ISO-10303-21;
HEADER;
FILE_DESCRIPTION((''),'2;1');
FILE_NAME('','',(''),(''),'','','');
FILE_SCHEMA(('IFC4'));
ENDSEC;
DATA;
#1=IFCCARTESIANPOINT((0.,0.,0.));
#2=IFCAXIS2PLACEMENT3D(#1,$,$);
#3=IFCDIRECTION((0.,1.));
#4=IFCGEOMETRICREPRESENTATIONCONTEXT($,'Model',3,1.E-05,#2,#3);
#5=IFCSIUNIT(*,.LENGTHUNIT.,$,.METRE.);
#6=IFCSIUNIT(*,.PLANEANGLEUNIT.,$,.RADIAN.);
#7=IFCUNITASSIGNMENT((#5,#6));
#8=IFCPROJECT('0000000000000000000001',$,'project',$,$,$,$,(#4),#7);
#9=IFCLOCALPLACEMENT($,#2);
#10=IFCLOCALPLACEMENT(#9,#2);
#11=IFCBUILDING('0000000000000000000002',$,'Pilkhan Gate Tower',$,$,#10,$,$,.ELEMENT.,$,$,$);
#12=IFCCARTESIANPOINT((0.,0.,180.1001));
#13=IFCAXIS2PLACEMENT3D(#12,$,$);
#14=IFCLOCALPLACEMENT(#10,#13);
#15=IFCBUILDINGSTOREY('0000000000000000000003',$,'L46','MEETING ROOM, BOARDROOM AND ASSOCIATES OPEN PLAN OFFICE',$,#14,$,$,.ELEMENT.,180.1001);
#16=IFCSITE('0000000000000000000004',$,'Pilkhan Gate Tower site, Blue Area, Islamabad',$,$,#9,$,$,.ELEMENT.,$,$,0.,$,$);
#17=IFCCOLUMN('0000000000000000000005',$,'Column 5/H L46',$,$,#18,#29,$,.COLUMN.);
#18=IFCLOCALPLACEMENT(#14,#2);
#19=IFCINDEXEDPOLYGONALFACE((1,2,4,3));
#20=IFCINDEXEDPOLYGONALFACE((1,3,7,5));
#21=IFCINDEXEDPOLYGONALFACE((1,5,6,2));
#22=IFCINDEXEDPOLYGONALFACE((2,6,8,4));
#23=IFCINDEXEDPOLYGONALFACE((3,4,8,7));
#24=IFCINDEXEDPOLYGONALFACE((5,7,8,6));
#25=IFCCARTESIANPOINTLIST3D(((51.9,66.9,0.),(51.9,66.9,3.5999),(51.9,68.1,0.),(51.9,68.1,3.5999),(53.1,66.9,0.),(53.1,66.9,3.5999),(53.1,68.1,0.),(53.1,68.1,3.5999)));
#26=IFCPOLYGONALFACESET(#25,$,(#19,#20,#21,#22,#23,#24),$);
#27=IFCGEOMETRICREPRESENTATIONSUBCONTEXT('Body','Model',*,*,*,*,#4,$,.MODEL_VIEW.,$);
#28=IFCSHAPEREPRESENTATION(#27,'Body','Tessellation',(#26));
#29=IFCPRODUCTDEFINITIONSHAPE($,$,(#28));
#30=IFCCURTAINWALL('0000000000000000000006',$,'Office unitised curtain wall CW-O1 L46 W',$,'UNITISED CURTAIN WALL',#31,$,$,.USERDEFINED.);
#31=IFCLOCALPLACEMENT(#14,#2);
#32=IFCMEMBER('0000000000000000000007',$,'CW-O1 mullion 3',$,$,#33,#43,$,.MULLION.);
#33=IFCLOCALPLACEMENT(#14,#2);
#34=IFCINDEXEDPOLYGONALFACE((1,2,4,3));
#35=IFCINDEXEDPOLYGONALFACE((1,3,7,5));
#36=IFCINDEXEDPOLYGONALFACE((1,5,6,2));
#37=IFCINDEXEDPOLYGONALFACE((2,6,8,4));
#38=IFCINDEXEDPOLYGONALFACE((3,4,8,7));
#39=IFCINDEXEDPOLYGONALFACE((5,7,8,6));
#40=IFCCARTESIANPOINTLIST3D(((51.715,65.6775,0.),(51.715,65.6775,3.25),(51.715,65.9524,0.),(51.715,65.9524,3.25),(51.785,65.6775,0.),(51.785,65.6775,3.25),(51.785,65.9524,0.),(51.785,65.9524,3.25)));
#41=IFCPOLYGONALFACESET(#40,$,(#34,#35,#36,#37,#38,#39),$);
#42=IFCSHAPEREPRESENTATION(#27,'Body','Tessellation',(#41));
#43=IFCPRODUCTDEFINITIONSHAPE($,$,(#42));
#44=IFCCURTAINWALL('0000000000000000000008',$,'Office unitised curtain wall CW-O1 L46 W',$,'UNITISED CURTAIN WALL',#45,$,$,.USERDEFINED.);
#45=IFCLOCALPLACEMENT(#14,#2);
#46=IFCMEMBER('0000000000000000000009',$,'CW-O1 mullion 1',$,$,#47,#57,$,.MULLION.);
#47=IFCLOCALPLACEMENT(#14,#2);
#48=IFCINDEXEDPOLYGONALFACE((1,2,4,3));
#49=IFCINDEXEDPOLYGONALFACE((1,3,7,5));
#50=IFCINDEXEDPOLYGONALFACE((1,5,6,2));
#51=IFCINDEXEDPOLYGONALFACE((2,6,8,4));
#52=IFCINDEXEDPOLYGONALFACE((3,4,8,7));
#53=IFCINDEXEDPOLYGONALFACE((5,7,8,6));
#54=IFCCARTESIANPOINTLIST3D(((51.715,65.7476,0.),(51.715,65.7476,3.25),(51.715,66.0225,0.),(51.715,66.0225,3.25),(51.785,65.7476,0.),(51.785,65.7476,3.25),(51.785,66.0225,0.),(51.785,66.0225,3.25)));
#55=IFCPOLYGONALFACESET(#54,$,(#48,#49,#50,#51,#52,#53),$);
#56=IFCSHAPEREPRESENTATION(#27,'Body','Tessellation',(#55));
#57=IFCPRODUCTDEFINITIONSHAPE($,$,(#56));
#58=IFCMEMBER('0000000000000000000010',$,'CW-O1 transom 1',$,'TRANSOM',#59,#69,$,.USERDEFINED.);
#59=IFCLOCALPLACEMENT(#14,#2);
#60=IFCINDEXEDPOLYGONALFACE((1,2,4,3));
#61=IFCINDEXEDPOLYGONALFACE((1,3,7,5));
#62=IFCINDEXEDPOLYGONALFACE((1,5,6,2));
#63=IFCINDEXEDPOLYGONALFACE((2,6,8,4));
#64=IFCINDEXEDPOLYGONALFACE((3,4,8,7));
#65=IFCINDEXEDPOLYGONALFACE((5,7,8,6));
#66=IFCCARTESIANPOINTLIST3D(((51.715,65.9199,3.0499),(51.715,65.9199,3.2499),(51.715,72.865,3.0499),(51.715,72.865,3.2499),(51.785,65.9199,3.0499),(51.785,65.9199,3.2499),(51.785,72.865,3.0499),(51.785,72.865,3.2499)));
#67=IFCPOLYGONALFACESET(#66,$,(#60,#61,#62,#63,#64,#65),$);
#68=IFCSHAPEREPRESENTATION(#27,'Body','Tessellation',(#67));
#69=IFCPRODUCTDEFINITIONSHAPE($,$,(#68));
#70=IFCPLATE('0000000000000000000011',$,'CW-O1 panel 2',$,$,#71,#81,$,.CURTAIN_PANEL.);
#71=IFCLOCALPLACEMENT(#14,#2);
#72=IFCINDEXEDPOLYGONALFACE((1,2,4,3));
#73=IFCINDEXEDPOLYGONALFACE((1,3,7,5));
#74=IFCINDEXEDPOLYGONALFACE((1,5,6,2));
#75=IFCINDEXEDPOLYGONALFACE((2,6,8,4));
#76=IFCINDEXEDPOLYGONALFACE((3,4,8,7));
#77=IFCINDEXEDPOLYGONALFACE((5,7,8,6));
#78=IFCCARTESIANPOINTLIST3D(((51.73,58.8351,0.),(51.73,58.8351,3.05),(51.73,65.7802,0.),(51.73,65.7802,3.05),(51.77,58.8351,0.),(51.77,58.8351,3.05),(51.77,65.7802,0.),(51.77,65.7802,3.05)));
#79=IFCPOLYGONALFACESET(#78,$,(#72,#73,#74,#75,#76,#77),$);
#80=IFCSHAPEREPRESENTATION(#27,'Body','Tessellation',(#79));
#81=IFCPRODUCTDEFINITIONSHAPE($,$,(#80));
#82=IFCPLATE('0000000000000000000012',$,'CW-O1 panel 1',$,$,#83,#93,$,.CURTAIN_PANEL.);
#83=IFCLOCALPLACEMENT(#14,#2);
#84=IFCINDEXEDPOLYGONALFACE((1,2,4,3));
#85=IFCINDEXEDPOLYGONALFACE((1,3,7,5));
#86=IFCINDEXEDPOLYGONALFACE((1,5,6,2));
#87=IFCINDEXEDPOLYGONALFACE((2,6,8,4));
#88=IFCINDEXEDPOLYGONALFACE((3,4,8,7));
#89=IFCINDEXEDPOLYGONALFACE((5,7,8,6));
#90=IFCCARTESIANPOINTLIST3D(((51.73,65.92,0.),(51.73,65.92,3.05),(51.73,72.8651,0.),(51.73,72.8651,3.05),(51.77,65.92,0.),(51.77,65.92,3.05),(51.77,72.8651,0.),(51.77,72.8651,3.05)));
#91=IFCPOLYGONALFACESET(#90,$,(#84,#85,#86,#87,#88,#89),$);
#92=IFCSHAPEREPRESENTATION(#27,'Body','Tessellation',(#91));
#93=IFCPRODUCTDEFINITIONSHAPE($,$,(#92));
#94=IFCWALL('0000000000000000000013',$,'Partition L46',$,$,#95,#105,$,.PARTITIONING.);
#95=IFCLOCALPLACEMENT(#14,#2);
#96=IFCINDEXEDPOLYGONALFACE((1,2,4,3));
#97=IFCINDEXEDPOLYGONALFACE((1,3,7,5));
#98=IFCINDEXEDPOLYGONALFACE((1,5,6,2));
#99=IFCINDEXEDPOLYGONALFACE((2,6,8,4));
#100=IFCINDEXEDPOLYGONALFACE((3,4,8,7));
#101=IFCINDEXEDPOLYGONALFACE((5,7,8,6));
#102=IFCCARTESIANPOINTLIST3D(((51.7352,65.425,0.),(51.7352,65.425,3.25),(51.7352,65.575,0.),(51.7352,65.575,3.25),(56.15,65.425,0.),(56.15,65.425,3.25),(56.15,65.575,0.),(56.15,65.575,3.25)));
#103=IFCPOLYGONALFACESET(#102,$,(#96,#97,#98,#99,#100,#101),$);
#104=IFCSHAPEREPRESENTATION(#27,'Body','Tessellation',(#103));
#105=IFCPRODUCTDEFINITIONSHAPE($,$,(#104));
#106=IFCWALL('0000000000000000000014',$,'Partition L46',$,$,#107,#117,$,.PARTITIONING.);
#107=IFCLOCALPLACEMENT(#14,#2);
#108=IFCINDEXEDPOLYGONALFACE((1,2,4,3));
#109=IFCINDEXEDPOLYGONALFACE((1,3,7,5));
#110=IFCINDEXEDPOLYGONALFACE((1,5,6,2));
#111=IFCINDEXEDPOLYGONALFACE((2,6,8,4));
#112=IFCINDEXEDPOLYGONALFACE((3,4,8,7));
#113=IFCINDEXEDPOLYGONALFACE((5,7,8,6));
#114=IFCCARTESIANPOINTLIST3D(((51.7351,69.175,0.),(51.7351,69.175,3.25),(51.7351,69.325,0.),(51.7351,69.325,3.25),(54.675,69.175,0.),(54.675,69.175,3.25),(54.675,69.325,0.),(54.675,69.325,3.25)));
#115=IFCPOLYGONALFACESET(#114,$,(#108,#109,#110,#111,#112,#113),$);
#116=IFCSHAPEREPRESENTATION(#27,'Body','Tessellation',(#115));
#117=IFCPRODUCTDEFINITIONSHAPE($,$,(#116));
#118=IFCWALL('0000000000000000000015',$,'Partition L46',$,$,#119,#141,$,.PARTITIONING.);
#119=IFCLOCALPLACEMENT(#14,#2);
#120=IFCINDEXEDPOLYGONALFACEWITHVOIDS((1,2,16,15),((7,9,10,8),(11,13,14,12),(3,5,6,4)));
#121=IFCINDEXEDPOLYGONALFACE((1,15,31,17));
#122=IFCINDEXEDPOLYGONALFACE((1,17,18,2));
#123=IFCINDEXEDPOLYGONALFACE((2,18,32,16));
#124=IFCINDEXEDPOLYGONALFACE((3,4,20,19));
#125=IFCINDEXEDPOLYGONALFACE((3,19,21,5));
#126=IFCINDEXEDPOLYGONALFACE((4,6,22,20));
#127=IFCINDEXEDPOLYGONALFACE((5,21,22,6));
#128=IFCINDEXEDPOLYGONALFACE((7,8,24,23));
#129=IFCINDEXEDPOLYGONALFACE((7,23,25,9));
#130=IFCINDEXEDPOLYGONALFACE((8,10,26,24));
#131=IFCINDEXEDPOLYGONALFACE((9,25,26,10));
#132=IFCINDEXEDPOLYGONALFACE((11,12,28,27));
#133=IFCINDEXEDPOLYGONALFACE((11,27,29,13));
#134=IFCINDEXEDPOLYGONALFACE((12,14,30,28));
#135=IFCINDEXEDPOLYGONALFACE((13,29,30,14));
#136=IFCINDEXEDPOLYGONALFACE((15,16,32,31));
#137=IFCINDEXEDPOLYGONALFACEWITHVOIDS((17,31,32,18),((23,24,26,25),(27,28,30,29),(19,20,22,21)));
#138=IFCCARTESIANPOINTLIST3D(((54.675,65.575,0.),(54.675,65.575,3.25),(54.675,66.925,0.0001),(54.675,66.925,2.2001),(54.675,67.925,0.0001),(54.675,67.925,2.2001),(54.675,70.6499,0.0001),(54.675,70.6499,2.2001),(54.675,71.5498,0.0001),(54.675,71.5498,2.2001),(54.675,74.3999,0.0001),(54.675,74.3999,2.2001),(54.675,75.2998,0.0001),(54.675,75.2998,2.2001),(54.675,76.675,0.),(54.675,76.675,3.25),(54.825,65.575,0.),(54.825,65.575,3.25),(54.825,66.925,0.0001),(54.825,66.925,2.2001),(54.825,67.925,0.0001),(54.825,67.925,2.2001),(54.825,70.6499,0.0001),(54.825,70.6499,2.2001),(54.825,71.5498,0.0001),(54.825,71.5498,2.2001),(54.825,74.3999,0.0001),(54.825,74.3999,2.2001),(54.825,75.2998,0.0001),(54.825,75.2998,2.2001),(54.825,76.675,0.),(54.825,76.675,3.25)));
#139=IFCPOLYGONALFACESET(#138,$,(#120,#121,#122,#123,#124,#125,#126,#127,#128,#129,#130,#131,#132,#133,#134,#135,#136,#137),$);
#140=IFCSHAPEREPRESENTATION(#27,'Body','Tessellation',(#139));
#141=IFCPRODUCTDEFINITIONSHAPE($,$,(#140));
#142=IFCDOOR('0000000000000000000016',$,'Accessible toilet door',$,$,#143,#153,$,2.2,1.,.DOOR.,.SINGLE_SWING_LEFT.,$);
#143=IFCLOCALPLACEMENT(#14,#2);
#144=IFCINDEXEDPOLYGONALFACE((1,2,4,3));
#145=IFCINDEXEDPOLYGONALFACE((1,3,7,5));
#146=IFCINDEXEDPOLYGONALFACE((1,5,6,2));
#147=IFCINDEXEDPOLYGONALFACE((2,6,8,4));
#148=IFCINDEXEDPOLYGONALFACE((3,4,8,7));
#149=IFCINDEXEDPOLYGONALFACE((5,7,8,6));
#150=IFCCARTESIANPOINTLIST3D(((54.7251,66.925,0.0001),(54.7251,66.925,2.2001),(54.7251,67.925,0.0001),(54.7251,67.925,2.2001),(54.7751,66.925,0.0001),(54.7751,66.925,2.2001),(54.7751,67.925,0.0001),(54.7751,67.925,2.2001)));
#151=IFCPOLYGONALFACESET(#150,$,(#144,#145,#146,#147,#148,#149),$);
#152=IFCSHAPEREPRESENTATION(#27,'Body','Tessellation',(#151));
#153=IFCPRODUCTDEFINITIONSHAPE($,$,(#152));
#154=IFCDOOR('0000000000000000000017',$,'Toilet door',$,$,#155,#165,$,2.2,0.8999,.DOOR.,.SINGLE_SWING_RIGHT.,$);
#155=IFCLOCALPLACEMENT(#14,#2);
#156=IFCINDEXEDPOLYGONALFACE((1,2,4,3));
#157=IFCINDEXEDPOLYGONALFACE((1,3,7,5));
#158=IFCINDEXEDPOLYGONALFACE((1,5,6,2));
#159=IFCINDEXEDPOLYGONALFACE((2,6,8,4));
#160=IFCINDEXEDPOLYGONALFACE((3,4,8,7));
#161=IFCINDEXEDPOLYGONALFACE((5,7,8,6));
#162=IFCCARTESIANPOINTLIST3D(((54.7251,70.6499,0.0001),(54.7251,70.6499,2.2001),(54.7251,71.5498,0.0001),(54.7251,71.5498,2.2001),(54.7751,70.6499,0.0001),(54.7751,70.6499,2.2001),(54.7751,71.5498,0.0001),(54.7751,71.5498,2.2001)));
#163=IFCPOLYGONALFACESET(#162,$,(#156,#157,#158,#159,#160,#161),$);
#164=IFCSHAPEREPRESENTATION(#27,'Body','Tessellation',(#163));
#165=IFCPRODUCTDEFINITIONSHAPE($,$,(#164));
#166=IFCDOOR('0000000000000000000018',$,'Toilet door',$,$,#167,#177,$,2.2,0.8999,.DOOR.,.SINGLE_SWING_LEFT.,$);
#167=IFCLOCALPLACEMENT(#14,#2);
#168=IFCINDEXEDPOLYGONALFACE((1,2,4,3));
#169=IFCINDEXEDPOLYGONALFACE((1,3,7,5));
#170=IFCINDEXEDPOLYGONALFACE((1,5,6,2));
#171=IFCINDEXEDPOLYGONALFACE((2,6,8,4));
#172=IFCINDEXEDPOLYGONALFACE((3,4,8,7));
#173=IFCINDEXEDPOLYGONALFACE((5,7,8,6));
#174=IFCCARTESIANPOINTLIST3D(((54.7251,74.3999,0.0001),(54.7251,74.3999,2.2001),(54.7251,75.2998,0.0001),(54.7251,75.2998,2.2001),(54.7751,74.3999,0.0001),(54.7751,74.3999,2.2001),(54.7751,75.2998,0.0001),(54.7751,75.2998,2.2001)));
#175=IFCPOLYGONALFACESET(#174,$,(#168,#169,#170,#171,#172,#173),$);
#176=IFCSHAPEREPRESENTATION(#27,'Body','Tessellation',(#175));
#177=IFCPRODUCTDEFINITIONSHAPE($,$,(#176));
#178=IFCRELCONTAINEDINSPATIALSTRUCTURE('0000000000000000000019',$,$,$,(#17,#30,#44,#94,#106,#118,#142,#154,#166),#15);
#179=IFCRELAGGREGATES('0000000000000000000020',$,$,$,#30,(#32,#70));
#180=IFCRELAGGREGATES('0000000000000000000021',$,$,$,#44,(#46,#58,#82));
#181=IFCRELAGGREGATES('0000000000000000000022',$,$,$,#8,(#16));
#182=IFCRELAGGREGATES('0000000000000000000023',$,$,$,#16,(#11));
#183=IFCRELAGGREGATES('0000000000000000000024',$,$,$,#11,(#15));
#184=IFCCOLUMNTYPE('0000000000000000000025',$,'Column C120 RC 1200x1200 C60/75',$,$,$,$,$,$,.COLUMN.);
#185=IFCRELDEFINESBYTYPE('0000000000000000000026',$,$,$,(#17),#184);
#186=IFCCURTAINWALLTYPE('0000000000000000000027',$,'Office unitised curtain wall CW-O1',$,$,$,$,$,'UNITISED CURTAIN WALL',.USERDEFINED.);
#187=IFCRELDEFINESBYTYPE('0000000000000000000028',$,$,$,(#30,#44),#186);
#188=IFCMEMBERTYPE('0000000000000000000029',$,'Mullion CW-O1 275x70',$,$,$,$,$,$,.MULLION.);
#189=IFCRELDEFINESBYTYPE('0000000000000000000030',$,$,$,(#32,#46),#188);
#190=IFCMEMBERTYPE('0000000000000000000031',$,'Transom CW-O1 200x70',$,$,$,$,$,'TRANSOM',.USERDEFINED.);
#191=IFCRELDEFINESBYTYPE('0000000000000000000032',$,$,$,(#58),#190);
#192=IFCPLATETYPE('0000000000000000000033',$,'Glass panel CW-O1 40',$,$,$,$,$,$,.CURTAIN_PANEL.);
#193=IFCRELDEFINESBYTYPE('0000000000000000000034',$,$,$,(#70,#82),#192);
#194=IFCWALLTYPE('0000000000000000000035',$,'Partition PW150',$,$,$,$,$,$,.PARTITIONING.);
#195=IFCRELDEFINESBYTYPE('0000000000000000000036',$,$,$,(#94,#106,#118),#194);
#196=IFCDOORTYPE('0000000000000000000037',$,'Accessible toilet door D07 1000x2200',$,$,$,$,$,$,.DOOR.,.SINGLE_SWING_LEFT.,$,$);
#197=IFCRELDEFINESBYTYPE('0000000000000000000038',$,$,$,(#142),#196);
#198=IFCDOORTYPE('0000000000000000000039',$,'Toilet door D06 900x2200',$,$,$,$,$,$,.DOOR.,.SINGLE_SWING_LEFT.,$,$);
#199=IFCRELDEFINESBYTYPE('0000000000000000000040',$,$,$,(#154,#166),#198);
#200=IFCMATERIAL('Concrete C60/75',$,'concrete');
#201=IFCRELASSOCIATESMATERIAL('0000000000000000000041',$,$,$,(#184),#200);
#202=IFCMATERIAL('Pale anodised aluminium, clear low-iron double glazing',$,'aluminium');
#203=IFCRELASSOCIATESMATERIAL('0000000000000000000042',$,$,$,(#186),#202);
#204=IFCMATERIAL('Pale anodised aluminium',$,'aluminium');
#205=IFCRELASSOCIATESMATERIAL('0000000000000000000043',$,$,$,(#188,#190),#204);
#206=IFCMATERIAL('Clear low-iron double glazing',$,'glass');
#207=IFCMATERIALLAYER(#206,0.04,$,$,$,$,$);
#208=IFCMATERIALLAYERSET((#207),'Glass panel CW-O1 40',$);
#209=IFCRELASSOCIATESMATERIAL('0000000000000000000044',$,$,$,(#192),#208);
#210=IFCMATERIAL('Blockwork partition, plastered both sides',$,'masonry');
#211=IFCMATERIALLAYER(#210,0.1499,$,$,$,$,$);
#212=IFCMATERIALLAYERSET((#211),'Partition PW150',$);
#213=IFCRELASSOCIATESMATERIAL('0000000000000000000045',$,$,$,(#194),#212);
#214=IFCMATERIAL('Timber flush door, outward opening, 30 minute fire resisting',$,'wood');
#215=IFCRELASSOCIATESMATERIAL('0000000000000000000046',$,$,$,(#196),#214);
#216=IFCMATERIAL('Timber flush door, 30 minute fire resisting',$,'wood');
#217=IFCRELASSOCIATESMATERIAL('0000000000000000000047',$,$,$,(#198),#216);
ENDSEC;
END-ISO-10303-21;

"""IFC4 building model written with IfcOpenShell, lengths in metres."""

from ifc_helpers import new_model, si_unit, direction, frame, frame_2d, origin, origin_2d, place, context, subcontext, project, spatial, rectangle, extrude, material, layer, layer_set, material_profile, profile_set, type_object, element, fill, aggregate, save


model = new_model("IFC4")

# Units and contexts
model_context = context("Model", 3, precision=1e-05, world=origin(), true_north=direction((0.0, 1.0)))
body_context = subcontext(model_context, "Body", "Model", "MODEL_VIEW")
ifc_project = project(units=[si_unit("LENGTHUNIT", "METRE"), si_unit("PLANEANGLEUNIT", "RADIAN")], contexts=[model_context])

# Site, building, storey
site_placement = place(None, origin())
site = spatial("IfcSite", under=ifc_project, at=site_placement, Name="Pilkhan Gate Tower site, Blue Area, Islamabad", CompositionType="ELEMENT", RefElevation=0.0)
building_placement = place(site_placement, origin())
building = spatial("IfcBuilding", under=site, at=building_placement, Name="Pilkhan Gate Tower", CompositionType="ELEMENT")
storey_placement = place(building_placement, frame((0.0, 0.0, 180.1001)))
storey = spatial("IfcBuildingStorey", under=building, at=storey_placement, Name="L46", Description="MEETING ROOM, BOARDROOM AND ASSOCIATES OPEN PLAN OFFICE", CompositionType="ELEMENT", Elevation=180.1001)

# Column
ifc_material_1 = material(Name="Concrete C60/75", Category="concrete")
ifc_material_profile_1 = material_profile(ifc_material_1, rectangle(XDim=1.2, YDim=1.2, at=origin_2d()), Name="RC 1200x1200")
ifc_profile_set_1 = profile_set([ifc_material_profile_1], Name="Concrete C60/75")
column_type = type_object("IfcColumnType", Name="Column C120 RC 1200x1200 C60/75", PredefinedType="COLUMN", material=ifc_profile_set_1)
column_placement = place(storey_placement, frame((52.5, 67.5, 0.0), z_axis=(0.0, 0.0, 1.0), x_axis=(1.0, 0.0, 0.0)))
element("IfcColumn", 1, at=column_placement, inside=storey, type_object=column_type, Name="Column 5/H L46", PredefinedType="COLUMN", context=body_context, shape_type="SweptSolid", body=[
    extrude(rectangle(XDim=1.2, YDim=1.2, at=origin_2d()), origin(), (0.0, 0.0, 1.0), 3.5999),
])

# Curtain wall, member
ifc_material_2 = material(Name="Pale anodised aluminium, clear low-iron double glazing", Category="aluminium")
curtain_wall_type = type_object("IfcCurtainWallType", Name="Office unitised curtain wall CW-O1", ElementType="UNITISED CURTAIN WALL", PredefinedType="USERDEFINED", material=ifc_material_2)
curtain_wall_1_placement = place(storey_placement, origin())
curtain_wall_1 = element("IfcCurtainWall", 2, at=curtain_wall_1_placement, inside=storey, type_object=curtain_wall_type, Name="Office unitised curtain wall CW-O1 L46 W", ObjectType="UNITISED CURTAIN WALL", PredefinedType="USERDEFINED")
ifc_material_3 = material(Name="Pale anodised aluminium", Category="aluminium")
ifc_material_profile_2 = material_profile(ifc_material_3, rectangle(XDim=0.0701, YDim=0.2749, at=origin_2d()), Name="Mullion 275x70")
ifc_profile_set_2 = profile_set([ifc_material_profile_2], Name="Pale anodised aluminium")
member_type_1 = type_object("IfcMemberType", Name="Mullion CW-O1 275x70", PredefinedType="MULLION", material=ifc_profile_set_2)
member_1_placement = place(storey_placement, frame((51.75, 65.8149, 0.0), z_axis=(0.0, 0.0, 1.0), x_axis=(-1.0, 0.0, 0.0)))
member_1 = element("IfcMember", 3, at=member_1_placement, type_object=member_type_1, Name="CW-O1 mullion 3", PredefinedType="MULLION", context=body_context, shape_type="SweptSolid", body=[
    extrude(rectangle(XDim=0.0701, YDim=0.2749, at=origin_2d()), origin(), (0.0, 0.0, 1.0), 3.25),
])

# Curtain wall, members
curtain_wall_2_placement = place(storey_placement, origin())
curtain_wall_2 = element("IfcCurtainWall", 4, at=curtain_wall_2_placement, inside=storey, type_object=curtain_wall_type, Name="Office unitised curtain wall CW-O1 L46 W", ObjectType="UNITISED CURTAIN WALL", PredefinedType="USERDEFINED")
member_2_placement = place(storey_placement, frame((51.75, 65.885, 0.0), z_axis=(0.0, 0.0, 1.0), x_axis=(-1.0, 0.0, 0.0)))
member_2 = element("IfcMember", 5, at=member_2_placement, type_object=member_type_1, Name="CW-O1 mullion 1", PredefinedType="MULLION", context=body_context, shape_type="SweptSolid", body=[
    extrude(rectangle(XDim=0.0701, YDim=0.2749, at=origin_2d()), origin(), (0.0, 0.0, 1.0), 3.25),
])
ifc_material_profile_3 = material_profile(ifc_material_3, rectangle(XDim=0.0701, YDim=0.2, at=origin_2d()), Name="Transom 200x70")
ifc_profile_set_3 = profile_set([ifc_material_profile_3], Name="Pale anodised aluminium")
member_type_2 = type_object("IfcMemberType", Name="Transom CW-O1 200x70", ElementType="TRANSOM", PredefinedType="USERDEFINED", material=ifc_profile_set_3)
member_3_placement = place(storey_placement, frame((51.75, 65.9199, 3.1499), z_axis=(0.0, 1.0, 0.0), x_axis=(-1.0, 0.0, 0.0)))
member_3 = element("IfcMember", 6, at=member_3_placement, type_object=member_type_2, Name="CW-O1 transom 1", ObjectType="TRANSOM", PredefinedType="USERDEFINED", context=body_context, shape_type="SweptSolid", body=[
    extrude(rectangle(XDim=0.0701, YDim=0.2, at=origin_2d()), origin(), (0.0, 0.0, 1.0), 6.9451),
])

# Plates
ifc_material_4 = material(Name="Clear low-iron double glazing", Category="glass")
ifc_layer_1 = layer(ifc_material_4, 0.04)
ifc_layer_set_1 = layer_set([ifc_layer_1], Name="Glass panel CW-O1 40")
plate_type = type_object("IfcPlateType", Name="Glass panel CW-O1 40", PredefinedType="CURTAIN_PANEL", material=ifc_layer_set_1)
plate_1_placement = place(storey_placement, frame((51.75, 62.3076, 0.0), z_axis=(0.0, 0.0, 1.0), x_axis=(0.0, 1.0, 0.0)))
plate_1 = element("IfcPlate", 7, at=plate_1_placement, type_object=plate_type, Name="CW-O1 panel 2", PredefinedType="CURTAIN_PANEL", context=body_context, shape_type="SweptSolid", body=[
    extrude(rectangle(XDim=6.9451, YDim=0.04, at=origin_2d()), origin(), (0.0, 0.0, 1.0), 3.05),
])
aggregate(curtain_wall_1, [member_1, plate_1])
plate_2_placement = place(storey_placement, frame((51.75, 69.3926, 0.0), z_axis=(0.0, 0.0, 1.0), x_axis=(0.0, 1.0, 0.0)))
plate_2 = element("IfcPlate", 8, at=plate_2_placement, type_object=plate_type, Name="CW-O1 panel 1", PredefinedType="CURTAIN_PANEL", context=body_context, shape_type="SweptSolid", body=[
    extrude(rectangle(XDim=6.9451, YDim=0.04, at=origin_2d()), origin(), (0.0, 0.0, 1.0), 3.05),
])
aggregate(curtain_wall_2, [member_2, member_3, plate_2])

# Walls
ifc_material_5 = material(Name="Blockwork partition, plastered both sides", Category="masonry")
ifc_layer_2 = layer(ifc_material_5, 0.1499)
ifc_layer_set_2 = layer_set([ifc_layer_2], Name="Partition PW150")
wall_type = type_object("IfcWallType", Name="Partition PW150", PredefinedType="PARTITIONING", material=ifc_layer_set_2)
wall_1_placement = place(storey_placement, frame((51.7351, 65.5, 0.0), z_axis=(0.0, 0.0, 1.0), x_axis=(1.0, 0.0, 0.0)))
element("IfcWall", 9, at=wall_1_placement, inside=storey, type_object=wall_type, Name="Partition L46", PredefinedType="PARTITIONING", context=body_context, shape_type="SweptSolid", body=[
    extrude(rectangle(XDim=4.4148, YDim=0.1499, at=frame_2d((2.2075, 0.0))), origin(), (0.0, 0.0, 1.0), 3.25),
])
wall_2_placement = place(storey_placement, frame((51.7351, 69.25, 0.0), z_axis=(0.0, 0.0, 1.0), x_axis=(1.0, 0.0, 0.0)))
element("IfcWall", 10, at=wall_2_placement, inside=storey, type_object=wall_type, Name="Partition L46", PredefinedType="PARTITIONING", context=body_context, shape_type="SweptSolid", body=[
    extrude(rectangle(XDim=2.9399, YDim=0.1499, at=frame_2d((1.47, 0.0))), origin(), (0.0, 0.0, 1.0), 3.25),
])

# Wall, openings, doors
wall_3_placement = place(storey_placement, frame((54.75, 65.575, 0.0), z_axis=(0.0, 0.0, 1.0), x_axis=(0.0, 1.0, 0.0)))
wall_3 = element("IfcWall", 11, at=wall_3_placement, inside=storey, type_object=wall_type, Name="Partition L46", PredefinedType="PARTITIONING", context=body_context, shape_type="SweptSolid", body=[
    extrude(rectangle(XDim=11.1001, YDim=0.1499, at=frame_2d((5.55, 0.0))), origin(), (0.0, 0.0, 1.0), 3.25),
])
opening_1_placement = place(wall_3_placement, frame((1.3501, 0.0, 0.0)))
opening_1 = element("IfcOpeningElement", 12, at=opening_1_placement, cuts=wall_3, PredefinedType="OPENING", context=body_context, shape_type="SweptSolid", body=[
    extrude(rectangle(XDim=1.0, YDim=2.2, at=frame_2d((0.5, 1.1001))), frame((0.0, 0.085, 0.0), z_axis=(0.0, -1.0, 0.0), x_axis=(1.0, 0.0, 0.0)), (0.0, 0.0, 1.0), 0.1699),
])
opening_2_placement = place(wall_3_placement, frame((5.075, 0.0, 0.0)))
opening_2 = element("IfcOpeningElement", 13, at=opening_2_placement, cuts=wall_3, PredefinedType="OPENING", context=body_context, shape_type="SweptSolid", body=[
    extrude(rectangle(XDim=0.8999, YDim=2.2, at=frame_2d((0.45, 1.1001))), frame((0.0, 0.085, 0.0), z_axis=(0.0, -1.0, 0.0), x_axis=(1.0, 0.0, 0.0)), (0.0, 0.0, 1.0), 0.1699),
])
opening_3_placement = place(wall_3_placement, frame((8.825, 0.0, 0.0)))
opening_3 = element("IfcOpeningElement", 14, at=opening_3_placement, cuts=wall_3, PredefinedType="OPENING", context=body_context, shape_type="SweptSolid", body=[
    extrude(rectangle(XDim=0.8999, YDim=2.2, at=frame_2d((0.45, 1.1001))), frame((0.0, 0.085, 0.0), z_axis=(0.0, -1.0, 0.0), x_axis=(1.0, 0.0, 0.0)), (0.0, 0.0, 1.0), 0.1699),
])
ifc_material_6 = material(Name="Timber flush door, outward opening, 30 minute fire resisting", Category="wood")
door_type_1 = type_object("IfcDoorType", Name="Accessible toilet door D07 1000x2200", OperationType="SINGLE_SWING_LEFT", PredefinedType="DOOR", material=ifc_material_6)
door_1_placement = place(opening_1_placement, origin())
door_1 = element("IfcDoor", 15, at=door_1_placement, inside=storey, type_object=door_type_1, Name="Accessible toilet door", OperationType="SINGLE_SWING_LEFT", OverallHeight=2.2, OverallWidth=1.0, PredefinedType="DOOR", context=body_context, shape_type="SweptSolid", body=[
    extrude(rectangle(XDim=1.0, YDim=2.2, at=frame_2d((0.5, 1.1001))), frame((0.0, 0.0249, 0.0), z_axis=(0.0, -1.0, 0.0), x_axis=(1.0, 0.0, 0.0)), (0.0, 0.0, 1.0), 0.05),
])
fill(opening_1, door_1)
ifc_material_7 = material(Name="Timber flush door, 30 minute fire resisting", Category="wood")
door_type_2 = type_object("IfcDoorType", Name="Toilet door D06 900x2200", OperationType="SINGLE_SWING_LEFT", PredefinedType="DOOR", material=ifc_material_7)
door_2_placement = place(opening_2_placement, origin())
door_2 = element("IfcDoor", 16, at=door_2_placement, inside=storey, type_object=door_type_2, Name="Toilet door", OperationType="SINGLE_SWING_RIGHT", OverallHeight=2.2, OverallWidth=0.8999, PredefinedType="DOOR", context=body_context, shape_type="SweptSolid", body=[
    extrude(rectangle(XDim=0.8999, YDim=2.2, at=frame_2d((0.45, 1.1001))), frame((0.0, 0.0249, 0.0), z_axis=(0.0, -1.0, 0.0), x_axis=(1.0, 0.0, 0.0)), (0.0, 0.0, 1.0), 0.05),
])
fill(opening_2, door_2)
door_3_placement = place(opening_3_placement, origin())
door_3 = element("IfcDoor", 17, at=door_3_placement, inside=storey, type_object=door_type_2, Name="Toilet door", OperationType="SINGLE_SWING_LEFT", OverallHeight=2.2, OverallWidth=0.8999, PredefinedType="DOOR", context=body_context, shape_type="SweptSolid", body=[
    extrude(rectangle(XDim=0.8999, YDim=2.2, at=frame_2d((0.45, 1.1001))), frame((0.0, 0.0249, 0.0), z_axis=(0.0, -1.0, 0.0), x_axis=(1.0, 0.0, 0.0)), (0.0, 0.0, 1.0), 0.05),
])
fill(opening_3, door_3)

save(model, "model.ifc")
